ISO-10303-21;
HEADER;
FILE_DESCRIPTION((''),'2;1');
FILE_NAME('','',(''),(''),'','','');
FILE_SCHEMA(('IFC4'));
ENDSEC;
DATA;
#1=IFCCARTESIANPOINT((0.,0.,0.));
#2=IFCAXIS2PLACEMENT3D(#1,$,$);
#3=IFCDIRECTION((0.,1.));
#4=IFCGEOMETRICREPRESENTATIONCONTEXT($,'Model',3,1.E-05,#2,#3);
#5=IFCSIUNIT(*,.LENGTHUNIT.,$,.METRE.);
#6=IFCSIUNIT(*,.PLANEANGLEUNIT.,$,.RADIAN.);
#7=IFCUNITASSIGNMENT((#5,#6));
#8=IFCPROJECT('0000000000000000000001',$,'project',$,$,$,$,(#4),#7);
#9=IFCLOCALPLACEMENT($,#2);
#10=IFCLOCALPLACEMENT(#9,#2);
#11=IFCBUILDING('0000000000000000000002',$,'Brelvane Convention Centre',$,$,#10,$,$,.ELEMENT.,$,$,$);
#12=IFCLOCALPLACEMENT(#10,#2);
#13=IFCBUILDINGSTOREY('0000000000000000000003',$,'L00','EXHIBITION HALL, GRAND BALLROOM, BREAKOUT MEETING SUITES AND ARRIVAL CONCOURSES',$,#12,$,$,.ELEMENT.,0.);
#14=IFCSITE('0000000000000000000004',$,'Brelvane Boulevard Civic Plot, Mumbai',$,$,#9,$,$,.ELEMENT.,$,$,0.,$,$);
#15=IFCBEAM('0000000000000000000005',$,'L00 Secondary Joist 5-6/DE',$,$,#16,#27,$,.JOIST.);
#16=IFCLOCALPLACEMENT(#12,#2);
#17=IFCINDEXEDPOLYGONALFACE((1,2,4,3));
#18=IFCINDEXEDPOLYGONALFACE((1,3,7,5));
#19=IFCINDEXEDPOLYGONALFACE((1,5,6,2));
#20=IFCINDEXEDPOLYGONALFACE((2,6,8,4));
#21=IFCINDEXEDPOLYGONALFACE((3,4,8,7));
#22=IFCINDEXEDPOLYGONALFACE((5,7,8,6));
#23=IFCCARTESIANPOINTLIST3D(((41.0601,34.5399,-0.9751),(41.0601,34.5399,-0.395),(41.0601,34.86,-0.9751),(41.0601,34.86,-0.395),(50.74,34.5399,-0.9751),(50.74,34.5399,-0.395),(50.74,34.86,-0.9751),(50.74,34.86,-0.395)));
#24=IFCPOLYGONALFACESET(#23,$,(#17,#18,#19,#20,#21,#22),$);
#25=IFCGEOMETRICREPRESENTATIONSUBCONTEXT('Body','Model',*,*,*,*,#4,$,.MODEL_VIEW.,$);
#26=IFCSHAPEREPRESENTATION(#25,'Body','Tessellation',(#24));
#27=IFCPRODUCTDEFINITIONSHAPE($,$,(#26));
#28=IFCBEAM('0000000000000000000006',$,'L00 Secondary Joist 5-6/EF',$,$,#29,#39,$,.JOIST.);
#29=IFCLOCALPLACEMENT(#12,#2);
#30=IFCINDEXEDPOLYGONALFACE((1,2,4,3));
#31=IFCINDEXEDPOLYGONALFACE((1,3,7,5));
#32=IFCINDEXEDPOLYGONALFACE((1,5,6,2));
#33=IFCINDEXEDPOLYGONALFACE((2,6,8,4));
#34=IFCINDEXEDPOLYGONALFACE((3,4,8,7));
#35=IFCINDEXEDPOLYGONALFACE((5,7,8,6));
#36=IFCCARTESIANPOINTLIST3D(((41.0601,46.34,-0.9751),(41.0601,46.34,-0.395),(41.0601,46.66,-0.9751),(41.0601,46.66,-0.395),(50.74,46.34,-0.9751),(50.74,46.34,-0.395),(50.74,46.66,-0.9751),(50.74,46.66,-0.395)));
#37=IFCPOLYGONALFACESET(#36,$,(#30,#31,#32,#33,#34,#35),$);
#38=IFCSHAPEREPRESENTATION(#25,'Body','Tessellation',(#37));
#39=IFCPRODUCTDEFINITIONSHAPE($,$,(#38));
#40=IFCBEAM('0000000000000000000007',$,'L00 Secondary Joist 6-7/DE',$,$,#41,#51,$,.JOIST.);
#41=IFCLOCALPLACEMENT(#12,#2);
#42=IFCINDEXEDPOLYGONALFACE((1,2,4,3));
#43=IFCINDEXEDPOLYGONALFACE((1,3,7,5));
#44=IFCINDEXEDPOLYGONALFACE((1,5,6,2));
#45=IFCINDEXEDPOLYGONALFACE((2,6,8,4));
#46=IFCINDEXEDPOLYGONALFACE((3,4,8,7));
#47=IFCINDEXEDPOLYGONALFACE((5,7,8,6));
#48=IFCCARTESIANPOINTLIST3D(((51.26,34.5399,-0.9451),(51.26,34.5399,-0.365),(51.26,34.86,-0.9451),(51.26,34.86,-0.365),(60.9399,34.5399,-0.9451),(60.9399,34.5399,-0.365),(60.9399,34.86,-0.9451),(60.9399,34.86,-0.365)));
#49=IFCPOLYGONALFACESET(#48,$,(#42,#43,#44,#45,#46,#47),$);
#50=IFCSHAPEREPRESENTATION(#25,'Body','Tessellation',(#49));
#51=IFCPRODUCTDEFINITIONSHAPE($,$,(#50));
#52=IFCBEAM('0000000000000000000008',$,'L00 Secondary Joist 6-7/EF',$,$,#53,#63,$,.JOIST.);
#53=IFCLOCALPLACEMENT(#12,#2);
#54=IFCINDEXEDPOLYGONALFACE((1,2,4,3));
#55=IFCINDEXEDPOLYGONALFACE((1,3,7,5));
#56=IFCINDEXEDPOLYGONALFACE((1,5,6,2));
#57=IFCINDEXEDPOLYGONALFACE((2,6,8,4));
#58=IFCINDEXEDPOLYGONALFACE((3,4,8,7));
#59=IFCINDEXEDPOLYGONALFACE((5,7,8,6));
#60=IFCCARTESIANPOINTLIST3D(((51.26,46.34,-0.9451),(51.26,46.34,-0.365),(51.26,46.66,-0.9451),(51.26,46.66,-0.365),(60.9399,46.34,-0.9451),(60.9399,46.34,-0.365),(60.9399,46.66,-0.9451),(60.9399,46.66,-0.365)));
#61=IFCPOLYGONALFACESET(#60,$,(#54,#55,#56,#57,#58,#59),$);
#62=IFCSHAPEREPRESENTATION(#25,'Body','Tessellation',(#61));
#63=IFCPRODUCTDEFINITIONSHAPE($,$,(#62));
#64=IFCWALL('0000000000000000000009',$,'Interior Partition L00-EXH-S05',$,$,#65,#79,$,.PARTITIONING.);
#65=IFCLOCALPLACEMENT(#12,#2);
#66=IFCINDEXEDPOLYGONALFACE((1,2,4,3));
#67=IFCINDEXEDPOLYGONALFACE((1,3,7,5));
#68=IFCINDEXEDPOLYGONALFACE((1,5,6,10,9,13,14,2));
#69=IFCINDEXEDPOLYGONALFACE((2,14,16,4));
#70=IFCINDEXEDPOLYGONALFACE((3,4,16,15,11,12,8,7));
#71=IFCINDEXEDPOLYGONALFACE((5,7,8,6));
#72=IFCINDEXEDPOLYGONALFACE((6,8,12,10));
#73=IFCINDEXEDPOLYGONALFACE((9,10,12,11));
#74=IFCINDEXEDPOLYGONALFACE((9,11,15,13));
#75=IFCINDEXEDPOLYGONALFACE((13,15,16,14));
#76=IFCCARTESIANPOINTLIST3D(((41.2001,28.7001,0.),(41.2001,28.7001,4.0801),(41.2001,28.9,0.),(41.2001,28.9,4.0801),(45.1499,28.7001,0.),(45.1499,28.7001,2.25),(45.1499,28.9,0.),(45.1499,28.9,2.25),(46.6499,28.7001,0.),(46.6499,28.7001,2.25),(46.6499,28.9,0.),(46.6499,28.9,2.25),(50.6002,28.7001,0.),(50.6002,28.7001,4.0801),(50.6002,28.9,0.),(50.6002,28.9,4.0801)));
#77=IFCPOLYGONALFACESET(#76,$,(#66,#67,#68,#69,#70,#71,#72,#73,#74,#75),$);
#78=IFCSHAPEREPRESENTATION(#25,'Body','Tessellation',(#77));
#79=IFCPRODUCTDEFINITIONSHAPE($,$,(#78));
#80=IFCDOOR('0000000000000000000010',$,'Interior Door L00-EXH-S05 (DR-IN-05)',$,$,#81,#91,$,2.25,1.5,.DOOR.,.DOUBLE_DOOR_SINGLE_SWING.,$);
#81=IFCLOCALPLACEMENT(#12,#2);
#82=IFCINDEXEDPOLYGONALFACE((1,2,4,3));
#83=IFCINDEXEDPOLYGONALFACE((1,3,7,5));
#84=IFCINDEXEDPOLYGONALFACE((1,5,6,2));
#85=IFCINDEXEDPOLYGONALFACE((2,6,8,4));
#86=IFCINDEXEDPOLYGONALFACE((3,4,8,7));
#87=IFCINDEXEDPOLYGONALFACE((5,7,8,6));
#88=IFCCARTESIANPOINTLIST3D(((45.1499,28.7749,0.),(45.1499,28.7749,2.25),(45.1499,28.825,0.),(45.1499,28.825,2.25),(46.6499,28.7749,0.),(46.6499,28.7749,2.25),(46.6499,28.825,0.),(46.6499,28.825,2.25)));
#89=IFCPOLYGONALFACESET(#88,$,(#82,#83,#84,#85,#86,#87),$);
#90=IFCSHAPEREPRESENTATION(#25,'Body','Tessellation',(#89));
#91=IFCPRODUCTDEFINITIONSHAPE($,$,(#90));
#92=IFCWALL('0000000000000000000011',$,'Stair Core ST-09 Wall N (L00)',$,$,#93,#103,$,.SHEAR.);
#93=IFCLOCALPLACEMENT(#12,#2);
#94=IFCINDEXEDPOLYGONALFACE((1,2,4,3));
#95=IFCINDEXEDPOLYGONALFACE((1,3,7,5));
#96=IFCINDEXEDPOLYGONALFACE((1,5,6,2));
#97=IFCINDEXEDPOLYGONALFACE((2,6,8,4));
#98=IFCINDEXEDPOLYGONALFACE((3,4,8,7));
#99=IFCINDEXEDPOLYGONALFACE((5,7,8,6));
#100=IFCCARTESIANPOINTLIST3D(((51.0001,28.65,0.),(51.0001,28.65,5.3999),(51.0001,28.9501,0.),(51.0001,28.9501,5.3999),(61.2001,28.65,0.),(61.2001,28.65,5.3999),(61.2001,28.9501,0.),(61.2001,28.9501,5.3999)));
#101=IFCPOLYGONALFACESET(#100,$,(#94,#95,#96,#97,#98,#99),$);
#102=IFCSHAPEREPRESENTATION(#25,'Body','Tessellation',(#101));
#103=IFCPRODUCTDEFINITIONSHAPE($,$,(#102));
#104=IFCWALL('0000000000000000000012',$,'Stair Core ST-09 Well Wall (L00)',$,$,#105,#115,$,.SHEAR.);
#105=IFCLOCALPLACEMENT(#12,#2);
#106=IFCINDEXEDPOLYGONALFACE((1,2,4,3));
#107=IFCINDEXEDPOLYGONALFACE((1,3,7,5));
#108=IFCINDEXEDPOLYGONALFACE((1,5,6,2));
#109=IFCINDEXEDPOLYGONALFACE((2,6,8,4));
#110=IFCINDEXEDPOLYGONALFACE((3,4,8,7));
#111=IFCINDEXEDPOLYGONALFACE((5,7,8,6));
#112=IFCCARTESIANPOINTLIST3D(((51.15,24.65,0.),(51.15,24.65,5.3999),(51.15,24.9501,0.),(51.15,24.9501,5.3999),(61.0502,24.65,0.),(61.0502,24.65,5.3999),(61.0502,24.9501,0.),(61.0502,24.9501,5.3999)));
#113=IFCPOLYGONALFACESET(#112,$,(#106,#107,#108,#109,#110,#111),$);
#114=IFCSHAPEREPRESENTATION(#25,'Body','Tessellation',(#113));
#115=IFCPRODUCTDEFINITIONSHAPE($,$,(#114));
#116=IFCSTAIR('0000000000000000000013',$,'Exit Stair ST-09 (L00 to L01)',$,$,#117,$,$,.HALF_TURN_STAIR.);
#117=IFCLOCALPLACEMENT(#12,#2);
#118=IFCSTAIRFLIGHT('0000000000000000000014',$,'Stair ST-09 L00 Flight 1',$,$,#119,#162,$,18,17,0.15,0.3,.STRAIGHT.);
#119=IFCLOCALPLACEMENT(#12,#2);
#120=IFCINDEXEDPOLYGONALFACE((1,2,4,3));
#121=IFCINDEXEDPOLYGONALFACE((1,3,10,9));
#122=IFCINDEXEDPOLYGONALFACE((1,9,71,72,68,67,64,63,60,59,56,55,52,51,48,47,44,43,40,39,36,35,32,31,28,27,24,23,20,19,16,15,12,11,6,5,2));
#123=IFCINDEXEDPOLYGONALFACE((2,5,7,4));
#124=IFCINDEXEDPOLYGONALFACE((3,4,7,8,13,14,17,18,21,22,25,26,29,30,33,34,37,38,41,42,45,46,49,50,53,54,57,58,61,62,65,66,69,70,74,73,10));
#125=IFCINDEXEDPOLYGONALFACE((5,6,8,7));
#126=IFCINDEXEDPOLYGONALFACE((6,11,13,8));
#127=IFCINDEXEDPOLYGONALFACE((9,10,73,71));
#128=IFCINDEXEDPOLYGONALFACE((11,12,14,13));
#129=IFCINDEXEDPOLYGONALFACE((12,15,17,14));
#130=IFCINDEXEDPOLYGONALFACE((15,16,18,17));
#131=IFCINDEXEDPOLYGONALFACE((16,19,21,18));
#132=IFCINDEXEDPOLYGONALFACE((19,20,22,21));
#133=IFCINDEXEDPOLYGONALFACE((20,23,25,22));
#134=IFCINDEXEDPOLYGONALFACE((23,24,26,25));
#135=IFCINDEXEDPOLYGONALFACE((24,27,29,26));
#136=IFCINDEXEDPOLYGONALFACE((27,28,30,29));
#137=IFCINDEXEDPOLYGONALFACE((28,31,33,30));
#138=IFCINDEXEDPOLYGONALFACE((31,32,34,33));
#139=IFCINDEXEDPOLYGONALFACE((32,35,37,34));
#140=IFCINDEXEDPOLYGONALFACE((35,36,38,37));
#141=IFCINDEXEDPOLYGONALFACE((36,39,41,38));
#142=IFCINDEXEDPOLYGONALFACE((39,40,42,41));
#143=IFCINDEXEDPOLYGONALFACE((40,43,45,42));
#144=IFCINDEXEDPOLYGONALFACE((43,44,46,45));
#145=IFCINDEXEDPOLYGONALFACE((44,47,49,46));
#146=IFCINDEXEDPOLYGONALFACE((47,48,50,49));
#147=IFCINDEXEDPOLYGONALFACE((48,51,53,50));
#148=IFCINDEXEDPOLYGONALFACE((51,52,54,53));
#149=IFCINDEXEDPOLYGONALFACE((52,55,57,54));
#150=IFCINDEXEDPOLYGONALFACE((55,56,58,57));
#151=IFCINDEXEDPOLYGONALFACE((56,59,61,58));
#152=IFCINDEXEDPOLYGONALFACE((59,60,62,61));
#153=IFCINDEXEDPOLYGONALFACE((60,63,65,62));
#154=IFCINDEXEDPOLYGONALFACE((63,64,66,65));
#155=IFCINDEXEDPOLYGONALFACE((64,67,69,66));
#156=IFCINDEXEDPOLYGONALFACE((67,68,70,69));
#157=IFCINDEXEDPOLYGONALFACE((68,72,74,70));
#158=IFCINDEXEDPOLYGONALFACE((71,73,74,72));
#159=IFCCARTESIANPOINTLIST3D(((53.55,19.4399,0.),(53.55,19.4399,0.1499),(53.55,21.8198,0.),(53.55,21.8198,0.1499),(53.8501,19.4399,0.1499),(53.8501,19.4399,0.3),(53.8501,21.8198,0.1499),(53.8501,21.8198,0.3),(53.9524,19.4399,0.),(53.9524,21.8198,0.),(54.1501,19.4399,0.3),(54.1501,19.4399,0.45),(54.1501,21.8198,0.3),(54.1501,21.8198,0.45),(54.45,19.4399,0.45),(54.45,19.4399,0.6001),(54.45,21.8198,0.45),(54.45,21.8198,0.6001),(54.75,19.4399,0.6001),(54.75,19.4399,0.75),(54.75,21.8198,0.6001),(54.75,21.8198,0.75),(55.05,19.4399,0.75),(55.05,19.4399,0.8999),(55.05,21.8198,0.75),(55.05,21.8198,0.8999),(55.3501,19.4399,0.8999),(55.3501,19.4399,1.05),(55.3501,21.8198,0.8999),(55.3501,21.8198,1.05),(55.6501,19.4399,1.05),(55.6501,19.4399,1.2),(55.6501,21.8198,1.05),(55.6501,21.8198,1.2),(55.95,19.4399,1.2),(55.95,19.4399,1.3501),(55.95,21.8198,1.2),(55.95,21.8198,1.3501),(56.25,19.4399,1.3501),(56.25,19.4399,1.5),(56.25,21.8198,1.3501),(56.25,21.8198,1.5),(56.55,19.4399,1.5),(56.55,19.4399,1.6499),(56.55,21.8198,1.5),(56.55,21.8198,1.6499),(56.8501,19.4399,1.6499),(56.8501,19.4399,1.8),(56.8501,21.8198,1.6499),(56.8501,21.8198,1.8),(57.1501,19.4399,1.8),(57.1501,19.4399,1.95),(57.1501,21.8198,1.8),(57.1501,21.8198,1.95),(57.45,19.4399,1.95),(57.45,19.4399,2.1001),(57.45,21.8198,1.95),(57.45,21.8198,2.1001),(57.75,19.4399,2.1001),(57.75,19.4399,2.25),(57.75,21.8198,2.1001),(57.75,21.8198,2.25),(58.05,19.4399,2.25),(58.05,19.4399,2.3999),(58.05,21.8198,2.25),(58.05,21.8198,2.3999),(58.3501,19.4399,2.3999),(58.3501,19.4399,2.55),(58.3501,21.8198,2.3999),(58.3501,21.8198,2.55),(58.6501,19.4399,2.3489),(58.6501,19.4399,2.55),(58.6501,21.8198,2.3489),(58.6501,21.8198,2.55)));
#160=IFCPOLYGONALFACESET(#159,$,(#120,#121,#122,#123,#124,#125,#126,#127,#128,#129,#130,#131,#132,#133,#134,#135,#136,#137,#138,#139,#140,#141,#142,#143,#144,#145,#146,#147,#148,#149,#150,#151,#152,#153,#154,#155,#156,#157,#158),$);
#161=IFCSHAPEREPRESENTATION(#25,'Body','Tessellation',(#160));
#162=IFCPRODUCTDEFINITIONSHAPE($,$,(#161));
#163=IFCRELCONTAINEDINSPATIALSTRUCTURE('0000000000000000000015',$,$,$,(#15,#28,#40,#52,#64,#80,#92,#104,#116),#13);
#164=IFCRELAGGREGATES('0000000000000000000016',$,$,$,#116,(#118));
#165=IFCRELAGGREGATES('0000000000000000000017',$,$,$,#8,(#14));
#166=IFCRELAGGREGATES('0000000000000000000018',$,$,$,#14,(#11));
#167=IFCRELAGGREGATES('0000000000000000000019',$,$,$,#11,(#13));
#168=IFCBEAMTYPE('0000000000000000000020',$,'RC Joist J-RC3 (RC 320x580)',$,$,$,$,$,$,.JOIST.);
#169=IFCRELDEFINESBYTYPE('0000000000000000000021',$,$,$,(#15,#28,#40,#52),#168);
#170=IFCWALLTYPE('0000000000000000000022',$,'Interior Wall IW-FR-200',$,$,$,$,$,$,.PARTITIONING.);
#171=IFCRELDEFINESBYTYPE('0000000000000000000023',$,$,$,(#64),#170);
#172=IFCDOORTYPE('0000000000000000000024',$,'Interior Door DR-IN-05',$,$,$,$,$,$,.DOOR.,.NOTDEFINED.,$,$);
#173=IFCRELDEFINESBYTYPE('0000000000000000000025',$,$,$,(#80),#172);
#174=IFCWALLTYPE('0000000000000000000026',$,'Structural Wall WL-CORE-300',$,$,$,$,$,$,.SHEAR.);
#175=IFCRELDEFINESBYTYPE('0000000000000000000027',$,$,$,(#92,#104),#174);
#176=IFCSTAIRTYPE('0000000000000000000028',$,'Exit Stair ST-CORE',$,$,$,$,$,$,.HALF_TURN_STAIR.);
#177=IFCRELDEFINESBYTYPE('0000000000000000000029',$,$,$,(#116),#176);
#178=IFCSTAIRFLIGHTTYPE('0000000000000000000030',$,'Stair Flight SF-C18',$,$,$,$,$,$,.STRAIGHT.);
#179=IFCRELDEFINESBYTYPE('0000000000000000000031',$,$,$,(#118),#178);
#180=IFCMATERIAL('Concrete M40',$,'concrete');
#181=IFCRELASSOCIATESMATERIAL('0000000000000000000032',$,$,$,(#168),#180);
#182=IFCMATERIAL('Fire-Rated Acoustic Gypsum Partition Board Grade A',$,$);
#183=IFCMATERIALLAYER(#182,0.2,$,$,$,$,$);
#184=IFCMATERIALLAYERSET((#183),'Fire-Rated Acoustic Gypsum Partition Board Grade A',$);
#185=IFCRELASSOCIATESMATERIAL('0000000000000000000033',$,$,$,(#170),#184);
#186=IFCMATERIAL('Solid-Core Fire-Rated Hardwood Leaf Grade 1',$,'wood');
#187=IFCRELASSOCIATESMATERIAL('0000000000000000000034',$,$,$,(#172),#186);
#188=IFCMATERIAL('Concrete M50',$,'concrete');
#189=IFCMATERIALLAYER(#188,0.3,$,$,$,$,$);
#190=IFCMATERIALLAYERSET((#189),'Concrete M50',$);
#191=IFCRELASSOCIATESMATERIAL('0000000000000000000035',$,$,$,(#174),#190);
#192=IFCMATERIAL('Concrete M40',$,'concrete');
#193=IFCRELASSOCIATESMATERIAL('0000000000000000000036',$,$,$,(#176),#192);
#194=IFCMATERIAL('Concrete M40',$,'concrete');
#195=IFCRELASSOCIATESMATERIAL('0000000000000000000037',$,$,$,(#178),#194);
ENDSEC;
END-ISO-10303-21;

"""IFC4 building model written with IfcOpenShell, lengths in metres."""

from ifc_helpers import new_model, si_unit, direction, frame, frame_2d, origin, origin_2d, place, context, subcontext, project, spatial, polyline, rectangle, outline, extrude, material, layer, layer_set, material_profile, profile_set, type_object, element, fill, aggregate, save


model = new_model("IFC4")

# Units and contexts
model_context = context("Model", 3, precision=1e-05, world=origin(), true_north=direction((0.0, 1.0)))
body_context = subcontext(model_context, "Body", "Model", "MODEL_VIEW")
ifc_project = project(units=[si_unit("LENGTHUNIT", "METRE"), si_unit("PLANEANGLEUNIT", "RADIAN")], contexts=[model_context])

# Site, building, storey
site_placement = place(None, origin())
site = spatial("IfcSite", under=ifc_project, at=site_placement, Name="Brelvane Boulevard Civic Plot, Mumbai", CompositionType="ELEMENT", RefElevation=0.0)
building_placement = place(site_placement, origin())
building = spatial("IfcBuilding", under=site, at=building_placement, Name="Brelvane Convention Centre", CompositionType="ELEMENT")
storey_placement = place(building_placement, origin())
storey = spatial("IfcBuildingStorey", under=building, at=storey_placement, Name="L00", Description="EXHIBITION HALL, GRAND BALLROOM, BREAKOUT MEETING SUITES AND ARRIVAL CONCOURSES", CompositionType="ELEMENT", Elevation=0.0)

# Beams
ifc_material_1 = material(Name="Concrete M40", Category="concrete")
ifc_material_profile_1 = material_profile(ifc_material_1, rectangle(XDim=0.3201, YDim=0.5801, at=origin_2d()), Name="RC 320x580")
ifc_profile_set_1 = profile_set([ifc_material_profile_1], Name="Concrete M40")
beam_type_1 = type_object("IfcBeamType", Name="RC Joist J-RC3 (RC 320x580)", PredefinedType="JOIST", material=ifc_profile_set_1)
for number, where, z_axis, x_axis, name in (
    (1, (41.0601, 34.7, -0.6851), (1.0, 0.0, 0.0), (0.0, 1.0, 0.0), "L00 Secondary Joist 5-6/DE"),
    (2, (41.0601, 46.5, -0.6851), (1.0, 0.0, 0.0), (0.0, 1.0, 0.0), "L00 Secondary Joist 5-6/EF"),
    (3, (51.26, 34.7, -0.655), (1.0, 0.0, 0.0), (0.0, 1.0, 0.0), "L00 Secondary Joist 6-7/DE"),
    (4, (51.26, 46.5, -0.655), (1.0, 0.0, 0.0), (0.0, 1.0, 0.0), "L00 Secondary Joist 6-7/EF"),
):
    element("IfcBeam", number, at=place(storey_placement, frame(where, z_axis=z_axis, x_axis=x_axis)), inside=storey, type_object=beam_type_1, Name=name, PredefinedType="JOIST", context=body_context, shape_type="SweptSolid", body=[
        extrude(rectangle(XDim=0.3201, YDim=0.5801, at=origin_2d()), origin(), (0.0, 0.0, 1.0), 9.6799),
    ])

# Wall, opening, door
ifc_material_2 = material(Name="Fire-Rated Acoustic Gypsum Partition Board Grade A")
ifc_layer_1 = layer(ifc_material_2, 0.2)
ifc_layer_set_1 = layer_set([ifc_layer_1], Name="Fire-Rated Acoustic Gypsum Partition Board Grade A")
wall_type_1 = type_object("IfcWallType", Name="Interior Wall IW-FR-200", PredefinedType="PARTITIONING", material=ifc_layer_set_1)
wall_1_placement = place(storey_placement, frame((41.2, 28.8, 0.0), z_axis=(0.0, 0.0, 1.0), x_axis=(1.0, 0.0, 0.0)))
wall_1 = element("IfcWall", 5, at=wall_1_placement, inside=storey, type_object=wall_type_1, Name="Interior Partition L00-EXH-S05", PredefinedType="PARTITIONING", context=body_context, shape_type="SweptSolid", body=[
    extrude(rectangle(XDim=9.4001, YDim=0.2, at=frame_2d((4.7002, 0.0))), origin(), (0.0, 0.0, 1.0), 4.0801),
])
opening_placement = place(wall_1_placement, frame((3.95, 0.0, 0.0)))
opening = element("IfcOpeningElement", 6, at=opening_placement, cuts=wall_1, PredefinedType="OPENING", context=body_context, shape_type="SweptSolid", body=[
    extrude(rectangle(XDim=1.5, YDim=2.25, at=frame_2d((0.75, 1.125))), frame((0.0, 0.1099, 0.0), z_axis=(0.0, -1.0, 0.0), x_axis=(1.0, 0.0, 0.0)), (0.0, 0.0, 1.0), 0.22),
])
ifc_material_3 = material(Name="Solid-Core Fire-Rated Hardwood Leaf Grade 1", Category="wood")
door_type = type_object("IfcDoorType", Name="Interior Door DR-IN-05", OperationType="NOTDEFINED", PredefinedType="DOOR", material=ifc_material_3)
door_placement = place(opening_placement, origin())
door = element("IfcDoor", 7, at=door_placement, inside=storey, type_object=door_type, Name="Interior Door L00-EXH-S05 (DR-IN-05)", OperationType="DOUBLE_DOOR_SINGLE_SWING", OverallHeight=2.25, OverallWidth=1.5, PredefinedType="DOOR", context=body_context, shape_type="SweptSolid", body=[
    extrude(rectangle(XDim=1.5, YDim=2.25, at=frame_2d((0.75, 1.125))), frame((0.0, 0.0249, 0.0), z_axis=(0.0, -1.0, 0.0), x_axis=(1.0, 0.0, 0.0)), (0.0, 0.0, 1.0), 0.05),
])
fill(opening, door)

# Walls
ifc_material_4 = material(Name="Concrete M50", Category="concrete")
ifc_layer_2 = layer(ifc_material_4, 0.3)
ifc_layer_set_2 = layer_set([ifc_layer_2], Name="Concrete M50")
wall_type_2 = type_object("IfcWallType", Name="Structural Wall WL-CORE-300", PredefinedType="SHEAR", material=ifc_layer_set_2)
wall_2_placement = place(storey_placement, frame((51.0, 28.8, 0.0), z_axis=(0.0, 0.0, 1.0), x_axis=(1.0, 0.0, 0.0)))
element("IfcWall", 8, at=wall_2_placement, inside=storey, type_object=wall_type_2, Name="Stair Core ST-09 Wall N (L00)", PredefinedType="SHEAR", context=body_context, shape_type="SweptSolid", body=[
    extrude(rectangle(XDim=10.2, YDim=0.3, at=frame_2d((5.1001, 0.0))), origin(), (0.0, 0.0, 1.0), 5.3999),
])
wall_3_placement = place(storey_placement, frame((51.1499, 24.8, 0.0), z_axis=(0.0, 0.0, 1.0), x_axis=(1.0, 0.0, 0.0)))
element("IfcWall", 9, at=wall_3_placement, inside=storey, type_object=wall_type_2, Name="Stair Core ST-09 Well Wall (L00)", PredefinedType="SHEAR", context=body_context, shape_type="SweptSolid", body=[
    extrude(rectangle(XDim=9.9001, YDim=0.3, at=frame_2d((4.9502, 0.0))), origin(), (0.0, 0.0, 1.0), 5.3999),
])

# Stair, stair flight
ifc_material_5 = material(Name="Concrete M40", Category="concrete")
stair_type = type_object("IfcStairType", Name="Exit Stair ST-CORE", PredefinedType="HALF_TURN_STAIR", material=ifc_material_5)
stair_placement = place(storey_placement, origin())
stair = element("IfcStair", 10, at=stair_placement, inside=storey, type_object=stair_type, Name="Exit Stair ST-09 (L00 to L01)", PredefinedType="HALF_TURN_STAIR")
ifc_material_6 = material(Name="Concrete M40", Category="concrete")
stair_flight_type = type_object("IfcStairFlightType", Name="Stair Flight SF-C18", PredefinedType="STRAIGHT", material=ifc_material_6)
stair_flight_1_placement = place(storey_placement, frame((53.55, 20.6299, 0.0), z_axis=(0.0, 0.0, 1.0), x_axis=(1.0, 0.0, 0.0)))
stair_flight_1 = element("IfcStairFlight", 11, at=stair_flight_1_placement, type_object=stair_flight_type, Name="Stair ST-09 L00 Flight 1", NumberOfRisers=18, NumberOfTreads=17, PredefinedType="STRAIGHT", RiserHeight=0.15, TreadLength=0.3, context=body_context, shape_type="SweptSolid", body=[
    extrude(outline(polyline([(0.0, 0.0), (0.0, 0.1499), (0.3, 0.1499), (0.3, 0.3), (0.6001, 0.3), (0.6001, 0.45), (0.8999, 0.45), (0.8999, 0.6001), (1.2, 0.6001), (1.2, 0.75), (1.5, 0.75), (1.5, 0.8999), (1.8, 0.8999), (1.8, 1.05), (2.1001, 1.05), (2.1001, 1.2), (2.3999, 1.2), (2.3999, 1.3501), (2.7, 1.3501), (2.7, 1.5), (3.0, 1.5), (3.0, 1.6499), (3.3, 1.6499), (3.3, 1.8), (3.6001, 1.8), (3.6001, 1.95), (3.8999, 1.95), (3.8999, 2.1001), (4.2, 2.1001), (4.2, 2.25), (4.5, 2.25), (4.5, 2.3999), (4.8, 2.3999), (4.8, 2.55), (5.1001, 2.55), (5.1001, 2.7), (5.1001, 2.3489), (0.4023, 0.0), (0.0, 0.0)])), frame((0.0, 1.1899, 0.0), z_axis=(0.0, -1.0, 0.0), x_axis=(1.0, 0.0, 0.0)), (0.0, 0.0, 1.0), 2.3799),
])
aggregate(stair, [stair_flight_1])

save(model, "model.ifc")
